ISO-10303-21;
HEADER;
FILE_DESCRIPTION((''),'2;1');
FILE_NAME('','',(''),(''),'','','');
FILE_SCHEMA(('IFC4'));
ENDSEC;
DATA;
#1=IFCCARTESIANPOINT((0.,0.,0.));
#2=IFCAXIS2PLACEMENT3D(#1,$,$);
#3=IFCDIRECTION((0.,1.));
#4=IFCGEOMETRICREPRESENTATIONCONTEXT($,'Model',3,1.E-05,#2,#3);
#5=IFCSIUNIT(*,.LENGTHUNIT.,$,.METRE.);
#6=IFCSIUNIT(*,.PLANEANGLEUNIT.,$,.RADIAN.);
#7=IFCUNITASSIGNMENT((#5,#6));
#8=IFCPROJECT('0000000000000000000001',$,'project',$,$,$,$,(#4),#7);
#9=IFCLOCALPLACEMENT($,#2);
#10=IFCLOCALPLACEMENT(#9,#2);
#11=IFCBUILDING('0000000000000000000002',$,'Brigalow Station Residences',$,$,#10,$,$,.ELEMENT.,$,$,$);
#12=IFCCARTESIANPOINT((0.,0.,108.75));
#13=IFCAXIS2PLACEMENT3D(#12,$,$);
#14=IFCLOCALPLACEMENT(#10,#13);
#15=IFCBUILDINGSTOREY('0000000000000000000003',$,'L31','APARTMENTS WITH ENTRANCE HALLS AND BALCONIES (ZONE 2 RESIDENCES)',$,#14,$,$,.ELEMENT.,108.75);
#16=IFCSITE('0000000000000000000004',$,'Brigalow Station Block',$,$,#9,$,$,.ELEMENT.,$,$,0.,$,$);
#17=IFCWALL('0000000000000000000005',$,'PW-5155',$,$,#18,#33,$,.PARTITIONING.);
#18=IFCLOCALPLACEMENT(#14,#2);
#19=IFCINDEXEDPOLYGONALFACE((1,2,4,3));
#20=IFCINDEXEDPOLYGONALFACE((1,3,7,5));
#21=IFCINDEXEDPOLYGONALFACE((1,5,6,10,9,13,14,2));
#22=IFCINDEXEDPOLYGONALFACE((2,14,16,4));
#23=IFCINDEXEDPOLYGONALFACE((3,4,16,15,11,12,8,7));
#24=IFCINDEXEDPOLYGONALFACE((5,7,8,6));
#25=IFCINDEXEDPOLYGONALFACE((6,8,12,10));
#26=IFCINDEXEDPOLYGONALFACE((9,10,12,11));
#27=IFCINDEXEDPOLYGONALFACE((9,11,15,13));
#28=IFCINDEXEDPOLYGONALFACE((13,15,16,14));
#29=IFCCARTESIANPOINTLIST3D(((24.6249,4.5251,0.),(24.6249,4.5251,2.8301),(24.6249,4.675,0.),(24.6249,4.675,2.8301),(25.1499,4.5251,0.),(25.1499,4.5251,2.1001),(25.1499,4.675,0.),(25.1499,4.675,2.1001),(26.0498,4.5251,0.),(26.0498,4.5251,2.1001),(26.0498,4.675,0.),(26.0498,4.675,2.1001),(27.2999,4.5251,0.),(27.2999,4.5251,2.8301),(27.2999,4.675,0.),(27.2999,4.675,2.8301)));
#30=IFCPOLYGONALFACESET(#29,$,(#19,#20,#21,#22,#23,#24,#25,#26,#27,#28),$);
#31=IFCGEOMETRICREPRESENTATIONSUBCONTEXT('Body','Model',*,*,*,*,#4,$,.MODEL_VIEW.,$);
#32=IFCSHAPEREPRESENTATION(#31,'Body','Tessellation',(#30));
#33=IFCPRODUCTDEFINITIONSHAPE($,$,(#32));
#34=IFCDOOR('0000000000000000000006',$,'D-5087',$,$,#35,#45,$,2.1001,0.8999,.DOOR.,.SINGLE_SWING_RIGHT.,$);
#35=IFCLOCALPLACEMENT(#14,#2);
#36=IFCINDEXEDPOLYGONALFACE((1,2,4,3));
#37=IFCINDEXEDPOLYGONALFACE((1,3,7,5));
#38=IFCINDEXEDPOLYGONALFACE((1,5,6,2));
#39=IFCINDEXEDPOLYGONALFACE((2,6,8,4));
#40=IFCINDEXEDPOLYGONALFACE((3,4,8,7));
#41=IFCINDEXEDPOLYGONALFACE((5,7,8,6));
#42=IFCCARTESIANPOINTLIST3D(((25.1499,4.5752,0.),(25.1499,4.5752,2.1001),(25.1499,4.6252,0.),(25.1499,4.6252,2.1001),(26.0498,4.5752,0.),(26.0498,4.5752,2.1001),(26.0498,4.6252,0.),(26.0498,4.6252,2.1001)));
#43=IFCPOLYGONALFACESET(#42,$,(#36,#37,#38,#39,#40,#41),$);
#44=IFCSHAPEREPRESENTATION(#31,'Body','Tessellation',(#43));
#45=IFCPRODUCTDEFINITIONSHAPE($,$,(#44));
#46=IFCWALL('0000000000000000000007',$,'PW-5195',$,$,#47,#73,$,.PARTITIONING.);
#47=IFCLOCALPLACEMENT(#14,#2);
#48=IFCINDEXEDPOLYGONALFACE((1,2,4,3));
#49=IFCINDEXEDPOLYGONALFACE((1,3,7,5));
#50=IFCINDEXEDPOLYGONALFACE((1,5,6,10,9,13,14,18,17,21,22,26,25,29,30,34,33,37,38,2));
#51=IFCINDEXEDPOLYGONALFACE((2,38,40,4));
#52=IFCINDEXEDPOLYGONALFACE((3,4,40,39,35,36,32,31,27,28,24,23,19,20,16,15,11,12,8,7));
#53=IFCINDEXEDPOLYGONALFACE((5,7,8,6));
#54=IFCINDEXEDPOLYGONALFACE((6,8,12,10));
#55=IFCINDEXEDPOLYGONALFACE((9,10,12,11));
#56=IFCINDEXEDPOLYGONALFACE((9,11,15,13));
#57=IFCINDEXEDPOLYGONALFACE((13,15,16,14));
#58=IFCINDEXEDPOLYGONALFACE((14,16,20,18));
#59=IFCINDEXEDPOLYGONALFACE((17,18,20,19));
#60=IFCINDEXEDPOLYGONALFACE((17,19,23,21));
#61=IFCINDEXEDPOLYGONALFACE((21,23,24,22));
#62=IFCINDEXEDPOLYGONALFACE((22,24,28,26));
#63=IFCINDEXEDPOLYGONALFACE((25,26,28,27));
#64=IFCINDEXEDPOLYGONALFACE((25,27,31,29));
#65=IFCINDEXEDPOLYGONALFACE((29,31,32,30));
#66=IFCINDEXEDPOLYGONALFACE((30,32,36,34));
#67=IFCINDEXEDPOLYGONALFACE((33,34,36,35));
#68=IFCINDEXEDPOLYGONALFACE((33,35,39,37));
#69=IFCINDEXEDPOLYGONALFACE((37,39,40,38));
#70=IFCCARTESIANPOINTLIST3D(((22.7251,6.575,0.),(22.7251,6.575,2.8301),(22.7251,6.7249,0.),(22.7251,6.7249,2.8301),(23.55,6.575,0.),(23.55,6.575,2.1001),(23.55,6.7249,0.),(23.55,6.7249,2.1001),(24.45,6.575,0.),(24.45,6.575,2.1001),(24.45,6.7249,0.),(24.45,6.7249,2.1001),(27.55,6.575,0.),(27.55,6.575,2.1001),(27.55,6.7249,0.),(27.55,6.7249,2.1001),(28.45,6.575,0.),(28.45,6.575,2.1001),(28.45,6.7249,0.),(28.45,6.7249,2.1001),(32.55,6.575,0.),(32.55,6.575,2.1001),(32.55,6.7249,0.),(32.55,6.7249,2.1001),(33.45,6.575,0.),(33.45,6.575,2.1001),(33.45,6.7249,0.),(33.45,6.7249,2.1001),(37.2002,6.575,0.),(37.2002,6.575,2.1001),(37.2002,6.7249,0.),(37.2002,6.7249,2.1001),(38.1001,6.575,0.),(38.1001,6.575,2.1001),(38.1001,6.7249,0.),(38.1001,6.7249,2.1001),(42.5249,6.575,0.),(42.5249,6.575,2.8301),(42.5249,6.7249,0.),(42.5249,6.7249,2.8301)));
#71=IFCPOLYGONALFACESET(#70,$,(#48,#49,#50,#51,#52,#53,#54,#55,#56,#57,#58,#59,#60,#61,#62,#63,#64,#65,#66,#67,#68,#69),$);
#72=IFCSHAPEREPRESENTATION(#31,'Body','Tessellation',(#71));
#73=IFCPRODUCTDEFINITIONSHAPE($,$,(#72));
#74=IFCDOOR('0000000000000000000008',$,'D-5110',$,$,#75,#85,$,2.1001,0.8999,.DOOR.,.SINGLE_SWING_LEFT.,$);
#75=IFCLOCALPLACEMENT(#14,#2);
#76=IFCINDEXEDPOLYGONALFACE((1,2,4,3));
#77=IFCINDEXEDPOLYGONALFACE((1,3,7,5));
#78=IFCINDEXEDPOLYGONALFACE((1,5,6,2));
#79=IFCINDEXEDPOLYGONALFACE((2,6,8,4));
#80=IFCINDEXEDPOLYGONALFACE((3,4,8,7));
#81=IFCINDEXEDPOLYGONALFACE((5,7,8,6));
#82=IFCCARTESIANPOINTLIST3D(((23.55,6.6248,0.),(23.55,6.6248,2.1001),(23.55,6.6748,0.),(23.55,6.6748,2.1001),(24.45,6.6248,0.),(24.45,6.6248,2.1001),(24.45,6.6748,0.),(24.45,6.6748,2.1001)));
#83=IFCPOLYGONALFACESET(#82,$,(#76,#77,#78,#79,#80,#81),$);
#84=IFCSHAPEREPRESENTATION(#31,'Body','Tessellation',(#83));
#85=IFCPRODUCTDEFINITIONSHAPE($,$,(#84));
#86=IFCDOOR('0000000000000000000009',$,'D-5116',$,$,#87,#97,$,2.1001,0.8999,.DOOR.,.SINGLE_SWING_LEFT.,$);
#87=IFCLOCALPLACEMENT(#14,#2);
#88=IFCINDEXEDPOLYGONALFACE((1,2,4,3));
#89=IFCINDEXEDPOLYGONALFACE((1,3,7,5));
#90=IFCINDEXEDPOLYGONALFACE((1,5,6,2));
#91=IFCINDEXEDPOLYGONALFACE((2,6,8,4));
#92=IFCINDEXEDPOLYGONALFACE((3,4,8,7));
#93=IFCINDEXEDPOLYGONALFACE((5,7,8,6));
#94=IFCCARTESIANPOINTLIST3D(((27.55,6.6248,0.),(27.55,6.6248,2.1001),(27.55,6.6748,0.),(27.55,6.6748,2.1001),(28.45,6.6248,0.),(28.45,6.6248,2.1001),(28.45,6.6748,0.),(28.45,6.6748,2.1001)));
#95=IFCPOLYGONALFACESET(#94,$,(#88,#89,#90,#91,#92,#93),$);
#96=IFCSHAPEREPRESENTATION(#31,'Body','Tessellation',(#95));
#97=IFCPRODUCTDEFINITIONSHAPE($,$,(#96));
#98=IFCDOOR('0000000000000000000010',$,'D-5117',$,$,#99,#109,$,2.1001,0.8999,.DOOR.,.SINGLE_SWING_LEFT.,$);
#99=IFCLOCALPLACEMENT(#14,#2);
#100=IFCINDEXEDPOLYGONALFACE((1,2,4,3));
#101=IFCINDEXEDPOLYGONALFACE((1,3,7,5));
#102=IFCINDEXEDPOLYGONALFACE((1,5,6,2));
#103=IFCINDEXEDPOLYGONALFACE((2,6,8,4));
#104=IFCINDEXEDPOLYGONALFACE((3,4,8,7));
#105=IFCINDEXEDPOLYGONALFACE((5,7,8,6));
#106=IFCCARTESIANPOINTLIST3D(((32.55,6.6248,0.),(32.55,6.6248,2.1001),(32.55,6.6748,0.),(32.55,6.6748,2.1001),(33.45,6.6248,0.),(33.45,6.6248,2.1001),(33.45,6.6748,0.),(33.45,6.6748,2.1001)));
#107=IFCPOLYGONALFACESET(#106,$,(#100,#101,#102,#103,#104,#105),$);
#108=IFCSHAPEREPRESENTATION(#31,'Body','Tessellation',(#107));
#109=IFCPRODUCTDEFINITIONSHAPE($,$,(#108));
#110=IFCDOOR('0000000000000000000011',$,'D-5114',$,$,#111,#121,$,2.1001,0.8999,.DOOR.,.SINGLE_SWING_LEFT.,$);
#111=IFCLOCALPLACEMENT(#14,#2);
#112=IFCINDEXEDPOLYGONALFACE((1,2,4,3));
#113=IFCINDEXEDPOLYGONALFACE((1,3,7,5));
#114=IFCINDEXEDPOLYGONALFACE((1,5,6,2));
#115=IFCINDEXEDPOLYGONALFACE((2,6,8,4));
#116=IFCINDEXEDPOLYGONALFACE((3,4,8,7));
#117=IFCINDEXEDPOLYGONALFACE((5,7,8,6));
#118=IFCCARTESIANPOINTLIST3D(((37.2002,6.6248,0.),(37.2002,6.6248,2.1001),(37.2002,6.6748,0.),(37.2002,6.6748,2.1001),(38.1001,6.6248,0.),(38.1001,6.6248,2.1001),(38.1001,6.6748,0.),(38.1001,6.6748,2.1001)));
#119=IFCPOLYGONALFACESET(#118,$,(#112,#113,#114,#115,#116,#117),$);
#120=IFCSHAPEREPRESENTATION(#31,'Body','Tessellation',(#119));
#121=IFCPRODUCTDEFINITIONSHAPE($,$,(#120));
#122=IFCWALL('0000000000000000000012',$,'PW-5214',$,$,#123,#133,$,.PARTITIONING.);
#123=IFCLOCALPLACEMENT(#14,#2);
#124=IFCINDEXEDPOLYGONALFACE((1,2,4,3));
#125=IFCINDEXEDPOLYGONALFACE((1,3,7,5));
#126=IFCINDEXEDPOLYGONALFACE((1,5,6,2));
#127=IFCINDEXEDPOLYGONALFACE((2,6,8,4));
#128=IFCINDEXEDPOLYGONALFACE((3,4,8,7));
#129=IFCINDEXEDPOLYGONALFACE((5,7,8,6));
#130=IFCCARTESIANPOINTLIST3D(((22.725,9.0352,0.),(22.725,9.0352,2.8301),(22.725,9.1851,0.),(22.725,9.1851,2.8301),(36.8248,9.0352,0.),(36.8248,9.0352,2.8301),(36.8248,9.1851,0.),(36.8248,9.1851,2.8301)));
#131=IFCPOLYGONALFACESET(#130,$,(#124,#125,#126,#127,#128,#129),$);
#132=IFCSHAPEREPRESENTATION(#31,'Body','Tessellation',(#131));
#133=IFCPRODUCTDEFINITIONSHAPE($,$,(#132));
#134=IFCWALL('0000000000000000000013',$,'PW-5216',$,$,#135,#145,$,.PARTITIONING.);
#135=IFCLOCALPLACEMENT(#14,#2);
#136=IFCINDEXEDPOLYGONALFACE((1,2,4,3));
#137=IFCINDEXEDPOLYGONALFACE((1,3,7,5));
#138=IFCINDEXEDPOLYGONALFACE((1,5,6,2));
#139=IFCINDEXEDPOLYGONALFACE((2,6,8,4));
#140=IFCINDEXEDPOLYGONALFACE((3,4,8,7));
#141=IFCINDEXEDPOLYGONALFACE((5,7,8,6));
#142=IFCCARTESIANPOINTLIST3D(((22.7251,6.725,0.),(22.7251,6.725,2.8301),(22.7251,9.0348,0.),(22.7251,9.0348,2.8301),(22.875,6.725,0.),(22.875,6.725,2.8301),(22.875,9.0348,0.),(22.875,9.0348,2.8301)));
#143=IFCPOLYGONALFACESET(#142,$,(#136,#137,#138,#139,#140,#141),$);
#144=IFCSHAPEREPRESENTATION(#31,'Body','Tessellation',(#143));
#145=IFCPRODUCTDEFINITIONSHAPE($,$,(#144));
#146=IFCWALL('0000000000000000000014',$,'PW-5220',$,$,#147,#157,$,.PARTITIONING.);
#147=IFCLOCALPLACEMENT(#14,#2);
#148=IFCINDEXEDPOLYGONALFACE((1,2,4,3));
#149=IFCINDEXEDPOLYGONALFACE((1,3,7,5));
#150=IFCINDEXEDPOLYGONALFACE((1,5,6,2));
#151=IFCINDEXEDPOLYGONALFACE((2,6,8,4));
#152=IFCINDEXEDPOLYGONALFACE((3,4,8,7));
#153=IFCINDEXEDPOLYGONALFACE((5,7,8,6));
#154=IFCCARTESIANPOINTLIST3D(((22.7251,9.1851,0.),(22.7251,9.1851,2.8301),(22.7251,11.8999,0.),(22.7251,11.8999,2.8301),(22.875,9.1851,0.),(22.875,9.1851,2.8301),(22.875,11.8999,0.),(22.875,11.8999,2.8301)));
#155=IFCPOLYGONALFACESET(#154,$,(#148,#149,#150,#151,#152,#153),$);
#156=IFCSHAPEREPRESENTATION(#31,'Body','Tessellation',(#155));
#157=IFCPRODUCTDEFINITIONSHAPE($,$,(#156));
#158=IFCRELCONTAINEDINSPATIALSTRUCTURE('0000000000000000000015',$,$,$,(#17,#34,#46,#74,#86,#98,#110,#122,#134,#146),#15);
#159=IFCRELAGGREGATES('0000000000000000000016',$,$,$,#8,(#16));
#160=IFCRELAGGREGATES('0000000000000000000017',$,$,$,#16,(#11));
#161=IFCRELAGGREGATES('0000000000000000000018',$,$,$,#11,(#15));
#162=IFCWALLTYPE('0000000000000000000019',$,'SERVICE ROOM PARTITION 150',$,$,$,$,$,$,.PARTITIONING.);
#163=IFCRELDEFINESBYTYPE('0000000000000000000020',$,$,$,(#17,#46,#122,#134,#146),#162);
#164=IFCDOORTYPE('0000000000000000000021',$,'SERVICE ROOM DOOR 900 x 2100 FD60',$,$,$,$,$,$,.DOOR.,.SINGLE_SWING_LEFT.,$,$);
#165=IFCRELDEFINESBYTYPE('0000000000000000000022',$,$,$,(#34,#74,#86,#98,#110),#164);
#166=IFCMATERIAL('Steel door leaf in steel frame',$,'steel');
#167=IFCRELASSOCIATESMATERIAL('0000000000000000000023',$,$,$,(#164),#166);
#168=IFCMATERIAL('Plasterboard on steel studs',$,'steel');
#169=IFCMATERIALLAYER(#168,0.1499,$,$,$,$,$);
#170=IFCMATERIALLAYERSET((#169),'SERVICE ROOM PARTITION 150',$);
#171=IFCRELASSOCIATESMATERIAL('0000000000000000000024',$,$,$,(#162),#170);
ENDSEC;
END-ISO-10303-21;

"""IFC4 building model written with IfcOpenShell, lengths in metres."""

from ifc_helpers import new_model, si_unit, direction, frame, frame_2d, origin, place, context, subcontext, project, spatial, rectangle, extrude, material, layer, layer_set, type_object, element, fill, save


model = new_model("IFC4")

# Units and contexts
model_context = context("Model", 3, precision=1e-05, world=origin(), true_north=direction((0.0, 1.0)))
body_context = subcontext(model_context, "Body", "Model", "MODEL_VIEW")
ifc_project = project(units=[si_unit("LENGTHUNIT", "METRE"), si_unit("PLANEANGLEUNIT", "RADIAN")], contexts=[model_context])

# Site, building, storey
site_placement = place(None, origin())
site = spatial("IfcSite", under=ifc_project, at=site_placement, Name="Brigalow Station Block", CompositionType="ELEMENT", RefElevation=0.0)
building_placement = place(site_placement, origin())
building = spatial("IfcBuilding", under=site, at=building_placement, Name="Brigalow Station Residences", CompositionType="ELEMENT")
storey_placement = place(building_placement, frame((0.0, 0.0, 108.75)))
storey = spatial("IfcBuildingStorey", under=building, at=storey_placement, Name="L31", Description="APARTMENTS WITH ENTRANCE HALLS AND BALCONIES (ZONE 2 RESIDENCES)", CompositionType="ELEMENT", Elevation=108.75)

# Shared definitions
ifc_material_1 = material(Name="Steel door leaf in steel frame", Category="steel")
door_type_1 = type_object("IfcDoorType", Name="SERVICE ROOM DOOR 900 x 2100 FD60", OperationType="SINGLE_SWING_LEFT", PredefinedType="DOOR", material=ifc_material_1)

# Wall, opening, door
ifc_material_2 = material(Name="Plasterboard on steel studs", Category="steel")
ifc_layer_1 = layer(ifc_material_2, 0.1499)
ifc_layer_set_1 = layer_set([ifc_layer_1], Name="SERVICE ROOM PARTITION 150")
wall_type_1 = type_object("IfcWallType", Name="SERVICE ROOM PARTITION 150", PredefinedType="PARTITIONING", material=ifc_layer_set_1)
wall_1_placement = place(storey_placement, frame((24.625, 4.6001, 0.0), z_axis=(0.0, 0.0, 1.0), x_axis=(1.0, 0.0, 0.0)))
wall_1 = element("IfcWall", 1, at=wall_1_placement, inside=storey, type_object=wall_type_1, Name="PW-5155", PredefinedType="PARTITIONING", context=body_context, shape_type="SweptSolid", body=[
    extrude(rectangle(XDim=2.675, YDim=0.1499, at=frame_2d((1.3374, 0.0))), origin(), (0.0, 0.0, 1.0), 2.8301),
])
opening_1_placement = place(wall_1_placement, frame((0.5249, 0.0, 0.0)))
opening_1 = element("IfcOpeningElement", 2, at=opening_1_placement, cuts=wall_1, PredefinedType="OPENING", context=body_context, shape_type="SweptSolid", body=[
    extrude(rectangle(XDim=0.8999, YDim=2.1001, at=frame_2d((0.45, 1.05))), frame((0.0, 0.085, 0.0), z_axis=(0.0, -1.0, 0.0), x_axis=(1.0, 0.0, 0.0)), (0.0, 0.0, 1.0), 0.1699),
])
door_1_placement = place(opening_1_placement, frame((0.8999, 0.0, 0.0), z_axis=(0.0, 0.0, 1.0), x_axis=(-1.0, 0.0, 0.0)))
door_1 = element("IfcDoor", 3, at=door_1_placement, inside=storey, type_object=door_type_1, Name="D-5087", OperationType="SINGLE_SWING_RIGHT", OverallHeight=2.1001, OverallWidth=0.8999, PredefinedType="DOOR", context=body_context, shape_type="SweptSolid", body=[
    extrude(rectangle(XDim=0.8999, YDim=2.1001, at=frame_2d((0.45, 1.05))), frame((0.0, 0.0249, 0.0), z_axis=(0.0, -1.0, 0.0), x_axis=(1.0, 0.0, 0.0)), (0.0, 0.0, 1.0), 0.05),
])
fill(opening_1, door_1)

# Wall, openings, doors
wall_2_placement = place(storey_placement, frame((22.7251, 6.6499, 0.0), z_axis=(0.0, 0.0, 1.0), x_axis=(1.0, 0.0, 0.0)))
wall_2 = element("IfcWall", 4, at=wall_2_placement, inside=storey, type_object=wall_type_1, Name="PW-5195", PredefinedType="PARTITIONING", context=body_context, shape_type="SweptSolid", body=[
    extrude(rectangle(XDim=19.7998, YDim=0.1499, at=frame_2d((9.8999, 0.0))), origin(), (0.0, 0.0, 1.0), 2.8301),
])
opening_2_placement = place(wall_2_placement, frame((0.825, 0.0, 0.0)))
opening_2 = element("IfcOpeningElement", 5, at=opening_2_placement, cuts=wall_2, PredefinedType="OPENING", context=body_context, shape_type="SweptSolid", body=[
    extrude(rectangle(XDim=0.8999, YDim=2.1001, at=frame_2d((0.45, 1.05))), frame((0.0, 0.085, 0.0), z_axis=(0.0, -1.0, 0.0), x_axis=(1.0, 0.0, 0.0)), (0.0, 0.0, 1.0), 0.1699),
])
opening_3_placement = place(wall_2_placement, frame((4.825, 0.0, 0.0)))
opening_3 = element("IfcOpeningElement", 6, at=opening_3_placement, cuts=wall_2, PredefinedType="OPENING", context=body_context, shape_type="SweptSolid", body=[
    extrude(rectangle(XDim=0.8999, YDim=2.1001, at=frame_2d((0.45, 1.05))), frame((0.0, 0.085, 0.0), z_axis=(0.0, -1.0, 0.0), x_axis=(1.0, 0.0, 0.0)), (0.0, 0.0, 1.0), 0.1699),
])
opening_4_placement = place(wall_2_placement, frame((9.825, 0.0, 0.0)))
opening_4 = element("IfcOpeningElement", 7, at=opening_4_placement, cuts=wall_2, PredefinedType="OPENING", context=body_context, shape_type="SweptSolid", body=[
    extrude(rectangle(XDim=0.8999, YDim=2.1001, at=frame_2d((0.45, 1.05))), frame((0.0, 0.085, 0.0), z_axis=(0.0, -1.0, 0.0), x_axis=(1.0, 0.0, 0.0)), (0.0, 0.0, 1.0), 0.1699),
])
opening_5_placement = place(wall_2_placement, frame((14.4751, 0.0, 0.0)))
opening_5 = element("IfcOpeningElement", 8, at=opening_5_placement, cuts=wall_2, PredefinedType="OPENING", context=body_context, shape_type="SweptSolid", body=[
    extrude(rectangle(XDim=0.8999, YDim=2.1001, at=frame_2d((0.45, 1.05))), frame((0.0, 0.085, 0.0), z_axis=(0.0, -1.0, 0.0), x_axis=(1.0, 0.0, 0.0)), (0.0, 0.0, 1.0), 0.1699),
])
door_2_placement = place(opening_2_placement, origin())
door_2 = element("IfcDoor", 9, at=door_2_placement, inside=storey, type_object=door_type_1, Name="D-5110", OperationType="SINGLE_SWING_LEFT", OverallHeight=2.1001, OverallWidth=0.8999, PredefinedType="DOOR", context=body_context, shape_type="SweptSolid", body=[
    extrude(rectangle(XDim=0.8999, YDim=2.1001, at=frame_2d((0.45, 1.05))), frame((0.0, 0.0249, 0.0), z_axis=(0.0, -1.0, 0.0), x_axis=(1.0, 0.0, 0.0)), (0.0, 0.0, 1.0), 0.05),
])
fill(opening_2, door_2)
door_3_placement = place(opening_3_placement, origin())
door_3 = element("IfcDoor", 10, at=door_3_placement, inside=storey, type_object=door_type_1, Name="D-5116", OperationType="SINGLE_SWING_LEFT", OverallHeight=2.1001, OverallWidth=0.8999, PredefinedType="DOOR", context=body_context, shape_type="SweptSolid", body=[
    extrude(rectangle(XDim=0.8999, YDim=2.1001, at=frame_2d((0.45, 1.05))), frame((0.0, 0.0249, 0.0), z_axis=(0.0, -1.0, 0.0), x_axis=(1.0, 0.0, 0.0)), (0.0, 0.0, 1.0), 0.05),
])
fill(opening_3, door_3)
door_4_placement = place(opening_4_placement, origin())
door_4 = element("IfcDoor", 11, at=door_4_placement, inside=storey, type_object=door_type_1, Name="D-5117", OperationType="SINGLE_SWING_LEFT", OverallHeight=2.1001, OverallWidth=0.8999, PredefinedType="DOOR", context=body_context, shape_type="SweptSolid", body=[
    extrude(rectangle(XDim=0.8999, YDim=2.1001, at=frame_2d((0.45, 1.05))), frame((0.0, 0.0249, 0.0), z_axis=(0.0, -1.0, 0.0), x_axis=(1.0, 0.0, 0.0)), (0.0, 0.0, 1.0), 0.05),
])
fill(opening_4, door_4)
door_5_placement = place(opening_5_placement, origin())
door_5 = element("IfcDoor", 12, at=door_5_placement, inside=storey, type_object=door_type_1, Name="D-5114", OperationType="SINGLE_SWING_LEFT", OverallHeight=2.1001, OverallWidth=0.8999, PredefinedType="DOOR", context=body_context, shape_type="SweptSolid", body=[
    extrude(rectangle(XDim=0.8999, YDim=2.1001, at=frame_2d((0.45, 1.05))), frame((0.0, 0.0249, 0.0), z_axis=(0.0, -1.0, 0.0), x_axis=(1.0, 0.0, 0.0)), (0.0, 0.0, 1.0), 0.05),
])
fill(opening_5, door_5)

# Walls
wall_3_placement = place(storey_placement, frame((22.7251, 9.1101, 0.0), z_axis=(0.0, 0.0, 1.0), x_axis=(1.0, 0.0, 0.0)))
element("IfcWall", 13, at=wall_3_placement, inside=storey, type_object=wall_type_1, Name="PW-5214", PredefinedType="PARTITIONING", context=body_context, shape_type="SweptSolid", body=[
    extrude(rectangle(XDim=14.0999, YDim=0.1499, at=frame_2d((7.0498, 0.0))), origin(), (0.0, 0.0, 1.0), 2.8301),
])
wall_4_placement = place(storey_placement, frame((22.8, 6.7251, 0.0), z_axis=(0.0, 0.0, 1.0), x_axis=(0.0, 1.0, 0.0)))
element("IfcWall", 14, at=wall_4_placement, inside=storey, type_object=wall_type_1, Name="PW-5216", PredefinedType="PARTITIONING", context=body_context, shape_type="SweptSolid", body=[
    extrude(rectangle(XDim=2.3098, YDim=0.1499, at=frame_2d((1.1548, 0.0))), origin(), (0.0, 0.0, 1.0), 2.8301),
])
wall_5_placement = place(storey_placement, frame((22.8, 9.1851, 0.0), z_axis=(0.0, 0.0, 1.0), x_axis=(0.0, 1.0, 0.0)))
element("IfcWall", 15, at=wall_5_placement, inside=storey, type_object=wall_type_1, Name="PW-5220", PredefinedType="PARTITIONING", context=body_context, shape_type="SweptSolid", body=[
    extrude(rectangle(XDim=2.7148, YDim=0.1499, at=frame_2d((1.3574, 0.0))), origin(), (0.0, 0.0, 1.0), 2.8301),
])

save(model, "model.ifc")
